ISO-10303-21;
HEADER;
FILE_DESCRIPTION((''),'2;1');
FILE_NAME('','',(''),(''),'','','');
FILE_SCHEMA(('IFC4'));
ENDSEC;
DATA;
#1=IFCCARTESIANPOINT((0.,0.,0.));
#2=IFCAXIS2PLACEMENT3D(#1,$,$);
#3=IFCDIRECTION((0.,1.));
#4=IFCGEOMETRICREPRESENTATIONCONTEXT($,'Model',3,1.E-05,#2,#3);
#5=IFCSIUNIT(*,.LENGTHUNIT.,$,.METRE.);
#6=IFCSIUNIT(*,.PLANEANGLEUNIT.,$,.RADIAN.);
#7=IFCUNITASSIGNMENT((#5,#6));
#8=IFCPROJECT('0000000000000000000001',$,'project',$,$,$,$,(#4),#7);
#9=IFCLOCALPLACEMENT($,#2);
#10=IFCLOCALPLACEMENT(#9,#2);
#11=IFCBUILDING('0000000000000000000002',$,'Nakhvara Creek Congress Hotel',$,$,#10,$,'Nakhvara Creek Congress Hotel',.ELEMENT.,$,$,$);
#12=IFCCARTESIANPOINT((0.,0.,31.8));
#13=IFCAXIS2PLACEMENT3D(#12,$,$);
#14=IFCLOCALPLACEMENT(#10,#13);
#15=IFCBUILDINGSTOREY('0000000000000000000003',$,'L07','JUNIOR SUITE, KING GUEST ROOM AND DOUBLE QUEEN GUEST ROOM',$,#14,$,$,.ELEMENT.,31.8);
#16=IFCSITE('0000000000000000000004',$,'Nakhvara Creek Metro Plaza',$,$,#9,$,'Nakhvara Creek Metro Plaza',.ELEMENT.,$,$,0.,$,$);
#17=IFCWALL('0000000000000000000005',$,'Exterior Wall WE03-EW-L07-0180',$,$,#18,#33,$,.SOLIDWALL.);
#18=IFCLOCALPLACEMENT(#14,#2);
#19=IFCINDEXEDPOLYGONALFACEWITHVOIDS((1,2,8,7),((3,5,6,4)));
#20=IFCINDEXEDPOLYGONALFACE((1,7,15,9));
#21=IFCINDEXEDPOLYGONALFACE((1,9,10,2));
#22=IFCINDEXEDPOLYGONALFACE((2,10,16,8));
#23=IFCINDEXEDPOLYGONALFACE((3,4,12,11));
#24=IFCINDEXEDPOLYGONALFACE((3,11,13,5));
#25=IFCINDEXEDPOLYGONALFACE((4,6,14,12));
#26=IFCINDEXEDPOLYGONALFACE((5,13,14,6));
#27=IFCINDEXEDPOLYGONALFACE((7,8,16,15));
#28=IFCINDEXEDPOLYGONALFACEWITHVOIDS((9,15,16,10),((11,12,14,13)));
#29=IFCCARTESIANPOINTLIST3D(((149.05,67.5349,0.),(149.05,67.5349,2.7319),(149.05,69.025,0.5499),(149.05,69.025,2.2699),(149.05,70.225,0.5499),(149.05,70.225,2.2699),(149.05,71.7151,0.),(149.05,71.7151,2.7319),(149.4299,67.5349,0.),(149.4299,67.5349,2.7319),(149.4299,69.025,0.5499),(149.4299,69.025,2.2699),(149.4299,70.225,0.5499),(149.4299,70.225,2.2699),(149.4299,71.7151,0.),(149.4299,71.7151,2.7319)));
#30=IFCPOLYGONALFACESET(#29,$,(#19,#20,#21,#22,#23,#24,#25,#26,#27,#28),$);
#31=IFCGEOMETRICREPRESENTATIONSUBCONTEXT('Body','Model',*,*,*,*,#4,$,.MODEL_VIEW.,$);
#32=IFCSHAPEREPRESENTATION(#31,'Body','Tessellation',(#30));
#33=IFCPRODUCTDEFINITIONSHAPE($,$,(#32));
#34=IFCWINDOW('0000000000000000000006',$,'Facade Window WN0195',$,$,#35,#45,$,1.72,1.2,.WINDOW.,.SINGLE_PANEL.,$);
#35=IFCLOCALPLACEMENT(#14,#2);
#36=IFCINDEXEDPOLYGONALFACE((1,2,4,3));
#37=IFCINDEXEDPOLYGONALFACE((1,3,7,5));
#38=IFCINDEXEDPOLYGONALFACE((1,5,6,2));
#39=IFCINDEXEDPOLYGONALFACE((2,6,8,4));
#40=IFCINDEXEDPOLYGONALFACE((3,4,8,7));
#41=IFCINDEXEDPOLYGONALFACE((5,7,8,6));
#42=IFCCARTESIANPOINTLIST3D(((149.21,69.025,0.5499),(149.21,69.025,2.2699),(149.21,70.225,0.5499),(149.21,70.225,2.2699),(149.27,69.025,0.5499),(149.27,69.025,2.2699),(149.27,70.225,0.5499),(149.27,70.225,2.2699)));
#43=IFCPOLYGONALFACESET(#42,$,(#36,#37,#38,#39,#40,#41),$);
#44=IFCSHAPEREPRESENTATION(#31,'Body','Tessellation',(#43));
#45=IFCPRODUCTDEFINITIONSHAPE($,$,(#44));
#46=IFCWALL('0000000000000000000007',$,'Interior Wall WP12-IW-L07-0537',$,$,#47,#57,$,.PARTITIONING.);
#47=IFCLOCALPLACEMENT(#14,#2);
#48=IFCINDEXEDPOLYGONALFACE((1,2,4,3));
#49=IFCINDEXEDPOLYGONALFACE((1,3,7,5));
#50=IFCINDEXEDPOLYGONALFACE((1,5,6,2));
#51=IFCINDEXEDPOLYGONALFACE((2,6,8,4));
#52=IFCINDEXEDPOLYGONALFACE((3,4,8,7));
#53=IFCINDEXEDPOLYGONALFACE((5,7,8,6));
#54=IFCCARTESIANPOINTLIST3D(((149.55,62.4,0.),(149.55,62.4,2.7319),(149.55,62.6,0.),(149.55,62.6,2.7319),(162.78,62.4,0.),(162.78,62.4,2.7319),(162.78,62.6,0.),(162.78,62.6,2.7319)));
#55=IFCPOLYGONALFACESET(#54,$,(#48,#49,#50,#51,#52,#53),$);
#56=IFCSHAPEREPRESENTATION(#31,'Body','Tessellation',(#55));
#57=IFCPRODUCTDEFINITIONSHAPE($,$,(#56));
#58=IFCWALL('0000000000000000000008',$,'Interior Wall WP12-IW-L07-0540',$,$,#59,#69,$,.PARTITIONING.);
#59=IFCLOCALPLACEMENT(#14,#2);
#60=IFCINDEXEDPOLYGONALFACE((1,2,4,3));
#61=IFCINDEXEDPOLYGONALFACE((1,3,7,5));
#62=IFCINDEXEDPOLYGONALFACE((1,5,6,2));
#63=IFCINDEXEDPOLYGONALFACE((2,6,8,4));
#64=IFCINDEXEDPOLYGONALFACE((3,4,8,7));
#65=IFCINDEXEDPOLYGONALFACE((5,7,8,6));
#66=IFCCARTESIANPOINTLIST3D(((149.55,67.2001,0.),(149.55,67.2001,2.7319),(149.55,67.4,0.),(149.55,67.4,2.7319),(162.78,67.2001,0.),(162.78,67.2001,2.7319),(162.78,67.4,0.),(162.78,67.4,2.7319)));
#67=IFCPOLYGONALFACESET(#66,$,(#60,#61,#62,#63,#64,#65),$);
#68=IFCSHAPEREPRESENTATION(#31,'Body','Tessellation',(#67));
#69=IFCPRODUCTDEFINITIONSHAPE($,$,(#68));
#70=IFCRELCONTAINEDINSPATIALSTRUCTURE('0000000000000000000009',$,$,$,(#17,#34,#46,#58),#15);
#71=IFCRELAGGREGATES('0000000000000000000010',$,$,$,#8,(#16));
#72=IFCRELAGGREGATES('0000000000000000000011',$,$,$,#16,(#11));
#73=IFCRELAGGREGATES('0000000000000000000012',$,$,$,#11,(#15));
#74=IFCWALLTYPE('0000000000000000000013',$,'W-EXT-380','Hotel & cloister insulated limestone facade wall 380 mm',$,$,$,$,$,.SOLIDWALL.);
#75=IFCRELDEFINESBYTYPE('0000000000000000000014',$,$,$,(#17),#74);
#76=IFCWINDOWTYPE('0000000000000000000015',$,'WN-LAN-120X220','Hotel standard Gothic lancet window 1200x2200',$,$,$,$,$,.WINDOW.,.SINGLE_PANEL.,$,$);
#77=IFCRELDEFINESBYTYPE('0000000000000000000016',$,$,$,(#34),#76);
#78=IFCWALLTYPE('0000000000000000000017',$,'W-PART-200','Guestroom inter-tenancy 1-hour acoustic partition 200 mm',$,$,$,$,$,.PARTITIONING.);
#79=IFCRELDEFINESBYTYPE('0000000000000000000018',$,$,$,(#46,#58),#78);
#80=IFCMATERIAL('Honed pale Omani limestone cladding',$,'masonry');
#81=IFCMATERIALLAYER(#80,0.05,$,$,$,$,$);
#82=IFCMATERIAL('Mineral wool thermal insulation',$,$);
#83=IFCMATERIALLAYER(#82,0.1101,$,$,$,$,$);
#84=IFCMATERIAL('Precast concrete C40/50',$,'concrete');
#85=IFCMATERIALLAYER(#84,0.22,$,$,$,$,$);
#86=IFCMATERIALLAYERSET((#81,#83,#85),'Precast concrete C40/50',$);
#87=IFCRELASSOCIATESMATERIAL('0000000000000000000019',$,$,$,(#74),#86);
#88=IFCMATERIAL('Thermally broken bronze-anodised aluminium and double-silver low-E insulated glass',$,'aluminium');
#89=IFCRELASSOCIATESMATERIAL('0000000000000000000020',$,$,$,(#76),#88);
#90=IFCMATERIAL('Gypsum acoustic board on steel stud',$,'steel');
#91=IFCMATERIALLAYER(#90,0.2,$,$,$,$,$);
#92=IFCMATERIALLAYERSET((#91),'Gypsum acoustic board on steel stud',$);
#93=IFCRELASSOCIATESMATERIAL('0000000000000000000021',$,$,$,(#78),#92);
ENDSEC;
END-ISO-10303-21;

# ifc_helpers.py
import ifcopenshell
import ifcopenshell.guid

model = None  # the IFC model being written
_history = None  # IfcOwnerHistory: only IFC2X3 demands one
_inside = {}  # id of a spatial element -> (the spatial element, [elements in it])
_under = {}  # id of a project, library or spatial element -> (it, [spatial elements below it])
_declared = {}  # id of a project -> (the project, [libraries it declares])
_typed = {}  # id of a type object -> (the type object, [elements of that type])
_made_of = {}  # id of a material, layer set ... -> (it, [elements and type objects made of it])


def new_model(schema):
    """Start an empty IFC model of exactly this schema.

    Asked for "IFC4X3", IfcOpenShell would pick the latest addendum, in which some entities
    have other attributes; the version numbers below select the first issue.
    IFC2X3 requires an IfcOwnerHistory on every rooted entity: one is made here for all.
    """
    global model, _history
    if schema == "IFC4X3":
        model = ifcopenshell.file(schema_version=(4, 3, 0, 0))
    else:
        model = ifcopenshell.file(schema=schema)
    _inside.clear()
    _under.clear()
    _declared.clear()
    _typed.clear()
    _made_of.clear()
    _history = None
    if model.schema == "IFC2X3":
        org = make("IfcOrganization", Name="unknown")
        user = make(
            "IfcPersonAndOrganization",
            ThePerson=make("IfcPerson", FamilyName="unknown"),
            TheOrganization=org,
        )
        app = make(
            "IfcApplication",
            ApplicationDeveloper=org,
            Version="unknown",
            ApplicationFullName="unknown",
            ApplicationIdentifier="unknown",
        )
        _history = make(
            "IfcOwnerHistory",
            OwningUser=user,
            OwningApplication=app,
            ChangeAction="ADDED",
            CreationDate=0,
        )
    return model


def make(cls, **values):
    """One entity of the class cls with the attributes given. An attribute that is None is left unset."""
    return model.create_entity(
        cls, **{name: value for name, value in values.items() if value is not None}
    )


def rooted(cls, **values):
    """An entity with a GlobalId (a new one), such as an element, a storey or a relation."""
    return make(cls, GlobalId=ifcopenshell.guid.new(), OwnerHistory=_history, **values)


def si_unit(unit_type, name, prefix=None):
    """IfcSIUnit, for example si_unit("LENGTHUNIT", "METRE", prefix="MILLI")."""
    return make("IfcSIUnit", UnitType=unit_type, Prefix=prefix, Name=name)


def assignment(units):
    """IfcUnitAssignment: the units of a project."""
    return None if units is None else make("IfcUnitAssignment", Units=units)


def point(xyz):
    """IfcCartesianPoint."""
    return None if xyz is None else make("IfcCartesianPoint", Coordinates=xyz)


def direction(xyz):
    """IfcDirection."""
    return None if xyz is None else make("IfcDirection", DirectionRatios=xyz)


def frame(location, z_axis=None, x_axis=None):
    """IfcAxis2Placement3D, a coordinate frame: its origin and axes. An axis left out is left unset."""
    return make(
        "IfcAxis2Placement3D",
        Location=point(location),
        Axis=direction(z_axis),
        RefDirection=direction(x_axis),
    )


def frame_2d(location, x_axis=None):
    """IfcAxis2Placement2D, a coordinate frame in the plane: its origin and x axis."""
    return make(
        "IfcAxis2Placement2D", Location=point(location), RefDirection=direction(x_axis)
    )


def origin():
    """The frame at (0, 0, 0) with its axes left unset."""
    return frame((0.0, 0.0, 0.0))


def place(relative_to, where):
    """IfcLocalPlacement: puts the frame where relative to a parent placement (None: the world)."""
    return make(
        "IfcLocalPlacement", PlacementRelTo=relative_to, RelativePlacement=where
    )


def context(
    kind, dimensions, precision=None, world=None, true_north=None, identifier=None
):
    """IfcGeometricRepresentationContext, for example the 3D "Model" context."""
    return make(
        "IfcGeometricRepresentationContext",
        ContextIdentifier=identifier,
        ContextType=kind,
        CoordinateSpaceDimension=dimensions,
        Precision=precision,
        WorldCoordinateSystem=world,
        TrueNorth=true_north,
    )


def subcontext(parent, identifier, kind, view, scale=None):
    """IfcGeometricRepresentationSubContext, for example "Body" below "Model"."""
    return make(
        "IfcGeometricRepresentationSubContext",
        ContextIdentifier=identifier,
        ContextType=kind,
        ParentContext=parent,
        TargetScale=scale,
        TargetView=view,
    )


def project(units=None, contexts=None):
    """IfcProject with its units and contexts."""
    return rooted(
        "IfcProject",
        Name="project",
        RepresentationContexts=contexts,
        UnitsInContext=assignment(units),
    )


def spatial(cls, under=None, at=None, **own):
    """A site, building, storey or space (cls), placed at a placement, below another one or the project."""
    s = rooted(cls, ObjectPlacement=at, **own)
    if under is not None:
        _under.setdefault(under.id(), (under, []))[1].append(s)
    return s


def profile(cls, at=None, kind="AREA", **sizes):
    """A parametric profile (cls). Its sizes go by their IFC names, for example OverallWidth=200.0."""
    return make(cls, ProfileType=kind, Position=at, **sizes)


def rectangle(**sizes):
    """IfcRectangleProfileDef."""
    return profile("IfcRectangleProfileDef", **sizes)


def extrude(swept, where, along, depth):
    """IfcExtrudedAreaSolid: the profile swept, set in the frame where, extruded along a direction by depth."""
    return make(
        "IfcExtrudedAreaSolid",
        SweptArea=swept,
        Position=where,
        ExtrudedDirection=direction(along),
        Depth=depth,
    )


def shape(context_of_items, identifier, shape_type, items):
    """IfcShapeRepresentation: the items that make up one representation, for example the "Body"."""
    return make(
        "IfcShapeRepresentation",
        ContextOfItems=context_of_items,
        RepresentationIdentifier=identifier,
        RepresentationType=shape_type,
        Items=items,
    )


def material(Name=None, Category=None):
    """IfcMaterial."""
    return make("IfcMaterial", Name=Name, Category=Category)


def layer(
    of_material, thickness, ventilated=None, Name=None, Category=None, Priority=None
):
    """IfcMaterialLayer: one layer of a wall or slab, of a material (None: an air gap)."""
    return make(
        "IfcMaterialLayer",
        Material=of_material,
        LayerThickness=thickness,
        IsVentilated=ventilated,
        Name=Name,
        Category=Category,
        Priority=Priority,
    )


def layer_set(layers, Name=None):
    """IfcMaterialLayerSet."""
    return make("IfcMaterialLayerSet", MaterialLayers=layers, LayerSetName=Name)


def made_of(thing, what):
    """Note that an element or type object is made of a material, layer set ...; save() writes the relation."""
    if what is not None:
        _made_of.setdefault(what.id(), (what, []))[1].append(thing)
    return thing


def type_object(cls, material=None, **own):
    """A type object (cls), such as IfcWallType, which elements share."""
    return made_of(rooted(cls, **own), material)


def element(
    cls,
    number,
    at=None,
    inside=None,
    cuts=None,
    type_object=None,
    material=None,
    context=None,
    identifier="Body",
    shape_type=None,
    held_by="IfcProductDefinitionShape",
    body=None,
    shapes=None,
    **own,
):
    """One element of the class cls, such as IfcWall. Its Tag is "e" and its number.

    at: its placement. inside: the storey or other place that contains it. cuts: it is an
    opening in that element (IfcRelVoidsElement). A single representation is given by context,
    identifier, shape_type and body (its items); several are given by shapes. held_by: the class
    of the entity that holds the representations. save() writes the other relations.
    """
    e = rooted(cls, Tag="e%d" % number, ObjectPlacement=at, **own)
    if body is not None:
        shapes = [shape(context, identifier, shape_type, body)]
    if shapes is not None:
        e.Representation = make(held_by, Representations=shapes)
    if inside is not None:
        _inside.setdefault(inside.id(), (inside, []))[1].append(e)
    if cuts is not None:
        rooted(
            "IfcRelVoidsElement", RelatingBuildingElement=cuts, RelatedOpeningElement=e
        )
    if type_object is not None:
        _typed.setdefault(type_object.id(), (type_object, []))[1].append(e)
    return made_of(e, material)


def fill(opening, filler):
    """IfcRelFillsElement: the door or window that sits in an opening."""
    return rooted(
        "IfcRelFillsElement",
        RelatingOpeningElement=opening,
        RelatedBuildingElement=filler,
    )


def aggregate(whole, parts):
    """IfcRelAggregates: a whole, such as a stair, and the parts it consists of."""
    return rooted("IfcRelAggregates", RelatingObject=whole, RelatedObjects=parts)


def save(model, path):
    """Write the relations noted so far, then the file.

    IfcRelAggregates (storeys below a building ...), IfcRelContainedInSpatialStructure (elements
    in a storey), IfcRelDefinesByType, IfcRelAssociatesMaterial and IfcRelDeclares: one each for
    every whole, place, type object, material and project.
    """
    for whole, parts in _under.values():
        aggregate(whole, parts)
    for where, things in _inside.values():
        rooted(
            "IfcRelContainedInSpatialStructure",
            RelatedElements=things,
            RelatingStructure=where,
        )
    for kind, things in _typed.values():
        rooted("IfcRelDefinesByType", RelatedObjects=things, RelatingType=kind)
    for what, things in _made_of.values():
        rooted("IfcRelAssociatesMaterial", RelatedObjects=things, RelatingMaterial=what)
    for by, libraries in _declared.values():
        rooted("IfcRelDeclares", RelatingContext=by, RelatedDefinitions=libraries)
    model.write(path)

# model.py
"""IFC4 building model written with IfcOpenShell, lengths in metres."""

from ifc_helpers import new_model, si_unit, direction, frame, frame_2d, origin, place, context, subcontext, project, spatial, rectangle, extrude, material, layer, layer_set, type_object, element, fill, save


model = new_model("IFC4")

# Units and contexts
model_context = context("Model", 3, precision=1e-05, world=origin(), true_north=direction((0.0, 1.0)))
body_context = subcontext(model_context, "Body", "Model", "MODEL_VIEW")
ifc_project = project(units=[si_unit("LENGTHUNIT", "METRE"), si_unit("PLANEANGLEUNIT", "RADIAN")], contexts=[model_context])

# Site, building, storey
site_placement = place(None, origin())
site = spatial("IfcSite", under=ifc_project, at=site_placement, Name="Nakhvara Creek Metro Plaza", LongName="Nakhvara Creek Metro Plaza", CompositionType="ELEMENT", RefElevation=0.0)
building_placement = place(site_placement, origin())
building = spatial("IfcBuilding", under=site, at=building_placement, Name="Nakhvara Creek Congress Hotel", LongName="Nakhvara Creek Congress Hotel", CompositionType="ELEMENT")
storey_placement = place(building_placement, frame((0.0, 0.0, 31.8)))
storey = spatial("IfcBuildingStorey", under=building, at=storey_placement, Name="L07", Description="JUNIOR SUITE, KING GUEST ROOM AND DOUBLE QUEEN GUEST ROOM", CompositionType="ELEMENT", Elevation=31.8)

# Wall, opening, window
ifc_material_1 = material(Name="Honed pale Omani limestone cladding", Category="masonry")
ifc_layer_1 = layer(ifc_material_1, 0.05)
ifc_material_2 = material(Name="Mineral wool thermal insulation")
ifc_layer_2 = layer(ifc_material_2, 0.1101)
ifc_material_3 = material(Name="Precast concrete C40/50", Category="concrete")
ifc_layer_3 = layer(ifc_material_3, 0.22)
ifc_layer_set_1 = layer_set([ifc_layer_1, ifc_layer_2, ifc_layer_3], Name="Precast concrete C40/50")
wall_type_1 = type_object("IfcWallType", Name="W-EXT-380", Description="Hotel & cloister insulated limestone facade wall 380 mm", PredefinedType="SOLIDWALL", material=ifc_layer_set_1)
wall_1_placement = place(storey_placement, frame((149.24, 67.5349, 0.0), z_axis=(0.0, 0.0, 1.0), x_axis=(0.0, 1.0, 0.0)))
wall_1 = element("IfcWall", 1, at=wall_1_placement, inside=storey, type_object=wall_type_1, Name="Exterior Wall WE03-EW-L07-0180", PredefinedType="SOLIDWALL", context=body_context, shape_type="SweptSolid", body=[
    extrude(rectangle(XDim=4.1802, YDim=0.3799, at=frame_2d((2.0901, 0.0))), origin(), (0.0, 0.0, 1.0), 2.7319),
])
opening_1_placement = place(wall_1_placement, frame((1.49, 0.0, 0.55)))
opening_1 = element("IfcOpeningElement", 2, at=opening_1_placement, cuts=wall_1, PredefinedType="OPENING", context=body_context, shape_type="SweptSolid", body=[
    extrude(rectangle(XDim=1.2, YDim=1.72, at=frame_2d((0.6001, 0.8599))), frame((0.0, 0.2019, 0.0), z_axis=(0.0, -1.0, 0.0), x_axis=(1.0, 0.0, 0.0)), (0.0, 0.0, 1.0), 0.4038),
])
ifc_material_4 = material(Name="Thermally broken bronze-anodised aluminium and double-silver low-E insulated glass", Category="aluminium")
window_type = type_object("IfcWindowType", Name="WN-LAN-120X220", Description="Hotel standard Gothic lancet window 1200x2200", PartitioningType="SINGLE_PANEL", PredefinedType="WINDOW", material=ifc_material_4)
window_placement = place(opening_1_placement, origin())
window = element("IfcWindow", 3, at=window_placement, inside=storey, type_object=window_type, Name="Facade Window WN0195", OverallHeight=1.72, OverallWidth=1.2, PartitioningType="SINGLE_PANEL", PredefinedType="WINDOW", context=body_context, shape_type="SweptSolid", body=[
    extrude(rectangle(XDim=1.2, YDim=1.72, at=frame_2d((0.6001, 0.8599))), frame((0.0, 0.03, 0.0), z_axis=(0.0, -1.0, 0.0), x_axis=(1.0, 0.0, 0.0)), (0.0, 0.0, 1.0), 0.0601),
])
fill(opening_1, window)

# Walls
ifc_material_5 = material(Name="Gypsum acoustic board on steel stud", Category="steel")
ifc_layer_4 = layer(ifc_material_5, 0.2)
ifc_layer_set_2 = layer_set([ifc_layer_4], Name="Gypsum acoustic board on steel stud")
wall_type_2 = type_object("IfcWallType", Name="W-PART-200", Description="Guestroom inter-tenancy 1-hour acoustic partition 200 mm", PredefinedType="PARTITIONING", material=ifc_layer_set_2)
for number, where, z_axis, x_axis, name in (
    (4, (149.55, 62.5, 0.0), (0.0, 0.0, 1.0), (1.0, 0.0, 0.0), "Interior Wall WP12-IW-L07-0537"),
    (5, (149.55, 67.3, 0.0), (0.0, 0.0, 1.0), (1.0, 0.0, 0.0), "Interior Wall WP12-IW-L07-0540"),
):
    element("IfcWall", number, at=place(storey_placement, frame(where, z_axis=z_axis, x_axis=x_axis)), inside=storey, type_object=wall_type_2, Name=name, PredefinedType="PARTITIONING", context=body_context, shape_type="SweptSolid", body=[
        extrude(rectangle(XDim=13.23, YDim=0.2, at=frame_2d((6.615, 0.0))), origin(), (0.0, 0.0, 1.0), 2.7319),
    ])

save(model, "model.ifc")
